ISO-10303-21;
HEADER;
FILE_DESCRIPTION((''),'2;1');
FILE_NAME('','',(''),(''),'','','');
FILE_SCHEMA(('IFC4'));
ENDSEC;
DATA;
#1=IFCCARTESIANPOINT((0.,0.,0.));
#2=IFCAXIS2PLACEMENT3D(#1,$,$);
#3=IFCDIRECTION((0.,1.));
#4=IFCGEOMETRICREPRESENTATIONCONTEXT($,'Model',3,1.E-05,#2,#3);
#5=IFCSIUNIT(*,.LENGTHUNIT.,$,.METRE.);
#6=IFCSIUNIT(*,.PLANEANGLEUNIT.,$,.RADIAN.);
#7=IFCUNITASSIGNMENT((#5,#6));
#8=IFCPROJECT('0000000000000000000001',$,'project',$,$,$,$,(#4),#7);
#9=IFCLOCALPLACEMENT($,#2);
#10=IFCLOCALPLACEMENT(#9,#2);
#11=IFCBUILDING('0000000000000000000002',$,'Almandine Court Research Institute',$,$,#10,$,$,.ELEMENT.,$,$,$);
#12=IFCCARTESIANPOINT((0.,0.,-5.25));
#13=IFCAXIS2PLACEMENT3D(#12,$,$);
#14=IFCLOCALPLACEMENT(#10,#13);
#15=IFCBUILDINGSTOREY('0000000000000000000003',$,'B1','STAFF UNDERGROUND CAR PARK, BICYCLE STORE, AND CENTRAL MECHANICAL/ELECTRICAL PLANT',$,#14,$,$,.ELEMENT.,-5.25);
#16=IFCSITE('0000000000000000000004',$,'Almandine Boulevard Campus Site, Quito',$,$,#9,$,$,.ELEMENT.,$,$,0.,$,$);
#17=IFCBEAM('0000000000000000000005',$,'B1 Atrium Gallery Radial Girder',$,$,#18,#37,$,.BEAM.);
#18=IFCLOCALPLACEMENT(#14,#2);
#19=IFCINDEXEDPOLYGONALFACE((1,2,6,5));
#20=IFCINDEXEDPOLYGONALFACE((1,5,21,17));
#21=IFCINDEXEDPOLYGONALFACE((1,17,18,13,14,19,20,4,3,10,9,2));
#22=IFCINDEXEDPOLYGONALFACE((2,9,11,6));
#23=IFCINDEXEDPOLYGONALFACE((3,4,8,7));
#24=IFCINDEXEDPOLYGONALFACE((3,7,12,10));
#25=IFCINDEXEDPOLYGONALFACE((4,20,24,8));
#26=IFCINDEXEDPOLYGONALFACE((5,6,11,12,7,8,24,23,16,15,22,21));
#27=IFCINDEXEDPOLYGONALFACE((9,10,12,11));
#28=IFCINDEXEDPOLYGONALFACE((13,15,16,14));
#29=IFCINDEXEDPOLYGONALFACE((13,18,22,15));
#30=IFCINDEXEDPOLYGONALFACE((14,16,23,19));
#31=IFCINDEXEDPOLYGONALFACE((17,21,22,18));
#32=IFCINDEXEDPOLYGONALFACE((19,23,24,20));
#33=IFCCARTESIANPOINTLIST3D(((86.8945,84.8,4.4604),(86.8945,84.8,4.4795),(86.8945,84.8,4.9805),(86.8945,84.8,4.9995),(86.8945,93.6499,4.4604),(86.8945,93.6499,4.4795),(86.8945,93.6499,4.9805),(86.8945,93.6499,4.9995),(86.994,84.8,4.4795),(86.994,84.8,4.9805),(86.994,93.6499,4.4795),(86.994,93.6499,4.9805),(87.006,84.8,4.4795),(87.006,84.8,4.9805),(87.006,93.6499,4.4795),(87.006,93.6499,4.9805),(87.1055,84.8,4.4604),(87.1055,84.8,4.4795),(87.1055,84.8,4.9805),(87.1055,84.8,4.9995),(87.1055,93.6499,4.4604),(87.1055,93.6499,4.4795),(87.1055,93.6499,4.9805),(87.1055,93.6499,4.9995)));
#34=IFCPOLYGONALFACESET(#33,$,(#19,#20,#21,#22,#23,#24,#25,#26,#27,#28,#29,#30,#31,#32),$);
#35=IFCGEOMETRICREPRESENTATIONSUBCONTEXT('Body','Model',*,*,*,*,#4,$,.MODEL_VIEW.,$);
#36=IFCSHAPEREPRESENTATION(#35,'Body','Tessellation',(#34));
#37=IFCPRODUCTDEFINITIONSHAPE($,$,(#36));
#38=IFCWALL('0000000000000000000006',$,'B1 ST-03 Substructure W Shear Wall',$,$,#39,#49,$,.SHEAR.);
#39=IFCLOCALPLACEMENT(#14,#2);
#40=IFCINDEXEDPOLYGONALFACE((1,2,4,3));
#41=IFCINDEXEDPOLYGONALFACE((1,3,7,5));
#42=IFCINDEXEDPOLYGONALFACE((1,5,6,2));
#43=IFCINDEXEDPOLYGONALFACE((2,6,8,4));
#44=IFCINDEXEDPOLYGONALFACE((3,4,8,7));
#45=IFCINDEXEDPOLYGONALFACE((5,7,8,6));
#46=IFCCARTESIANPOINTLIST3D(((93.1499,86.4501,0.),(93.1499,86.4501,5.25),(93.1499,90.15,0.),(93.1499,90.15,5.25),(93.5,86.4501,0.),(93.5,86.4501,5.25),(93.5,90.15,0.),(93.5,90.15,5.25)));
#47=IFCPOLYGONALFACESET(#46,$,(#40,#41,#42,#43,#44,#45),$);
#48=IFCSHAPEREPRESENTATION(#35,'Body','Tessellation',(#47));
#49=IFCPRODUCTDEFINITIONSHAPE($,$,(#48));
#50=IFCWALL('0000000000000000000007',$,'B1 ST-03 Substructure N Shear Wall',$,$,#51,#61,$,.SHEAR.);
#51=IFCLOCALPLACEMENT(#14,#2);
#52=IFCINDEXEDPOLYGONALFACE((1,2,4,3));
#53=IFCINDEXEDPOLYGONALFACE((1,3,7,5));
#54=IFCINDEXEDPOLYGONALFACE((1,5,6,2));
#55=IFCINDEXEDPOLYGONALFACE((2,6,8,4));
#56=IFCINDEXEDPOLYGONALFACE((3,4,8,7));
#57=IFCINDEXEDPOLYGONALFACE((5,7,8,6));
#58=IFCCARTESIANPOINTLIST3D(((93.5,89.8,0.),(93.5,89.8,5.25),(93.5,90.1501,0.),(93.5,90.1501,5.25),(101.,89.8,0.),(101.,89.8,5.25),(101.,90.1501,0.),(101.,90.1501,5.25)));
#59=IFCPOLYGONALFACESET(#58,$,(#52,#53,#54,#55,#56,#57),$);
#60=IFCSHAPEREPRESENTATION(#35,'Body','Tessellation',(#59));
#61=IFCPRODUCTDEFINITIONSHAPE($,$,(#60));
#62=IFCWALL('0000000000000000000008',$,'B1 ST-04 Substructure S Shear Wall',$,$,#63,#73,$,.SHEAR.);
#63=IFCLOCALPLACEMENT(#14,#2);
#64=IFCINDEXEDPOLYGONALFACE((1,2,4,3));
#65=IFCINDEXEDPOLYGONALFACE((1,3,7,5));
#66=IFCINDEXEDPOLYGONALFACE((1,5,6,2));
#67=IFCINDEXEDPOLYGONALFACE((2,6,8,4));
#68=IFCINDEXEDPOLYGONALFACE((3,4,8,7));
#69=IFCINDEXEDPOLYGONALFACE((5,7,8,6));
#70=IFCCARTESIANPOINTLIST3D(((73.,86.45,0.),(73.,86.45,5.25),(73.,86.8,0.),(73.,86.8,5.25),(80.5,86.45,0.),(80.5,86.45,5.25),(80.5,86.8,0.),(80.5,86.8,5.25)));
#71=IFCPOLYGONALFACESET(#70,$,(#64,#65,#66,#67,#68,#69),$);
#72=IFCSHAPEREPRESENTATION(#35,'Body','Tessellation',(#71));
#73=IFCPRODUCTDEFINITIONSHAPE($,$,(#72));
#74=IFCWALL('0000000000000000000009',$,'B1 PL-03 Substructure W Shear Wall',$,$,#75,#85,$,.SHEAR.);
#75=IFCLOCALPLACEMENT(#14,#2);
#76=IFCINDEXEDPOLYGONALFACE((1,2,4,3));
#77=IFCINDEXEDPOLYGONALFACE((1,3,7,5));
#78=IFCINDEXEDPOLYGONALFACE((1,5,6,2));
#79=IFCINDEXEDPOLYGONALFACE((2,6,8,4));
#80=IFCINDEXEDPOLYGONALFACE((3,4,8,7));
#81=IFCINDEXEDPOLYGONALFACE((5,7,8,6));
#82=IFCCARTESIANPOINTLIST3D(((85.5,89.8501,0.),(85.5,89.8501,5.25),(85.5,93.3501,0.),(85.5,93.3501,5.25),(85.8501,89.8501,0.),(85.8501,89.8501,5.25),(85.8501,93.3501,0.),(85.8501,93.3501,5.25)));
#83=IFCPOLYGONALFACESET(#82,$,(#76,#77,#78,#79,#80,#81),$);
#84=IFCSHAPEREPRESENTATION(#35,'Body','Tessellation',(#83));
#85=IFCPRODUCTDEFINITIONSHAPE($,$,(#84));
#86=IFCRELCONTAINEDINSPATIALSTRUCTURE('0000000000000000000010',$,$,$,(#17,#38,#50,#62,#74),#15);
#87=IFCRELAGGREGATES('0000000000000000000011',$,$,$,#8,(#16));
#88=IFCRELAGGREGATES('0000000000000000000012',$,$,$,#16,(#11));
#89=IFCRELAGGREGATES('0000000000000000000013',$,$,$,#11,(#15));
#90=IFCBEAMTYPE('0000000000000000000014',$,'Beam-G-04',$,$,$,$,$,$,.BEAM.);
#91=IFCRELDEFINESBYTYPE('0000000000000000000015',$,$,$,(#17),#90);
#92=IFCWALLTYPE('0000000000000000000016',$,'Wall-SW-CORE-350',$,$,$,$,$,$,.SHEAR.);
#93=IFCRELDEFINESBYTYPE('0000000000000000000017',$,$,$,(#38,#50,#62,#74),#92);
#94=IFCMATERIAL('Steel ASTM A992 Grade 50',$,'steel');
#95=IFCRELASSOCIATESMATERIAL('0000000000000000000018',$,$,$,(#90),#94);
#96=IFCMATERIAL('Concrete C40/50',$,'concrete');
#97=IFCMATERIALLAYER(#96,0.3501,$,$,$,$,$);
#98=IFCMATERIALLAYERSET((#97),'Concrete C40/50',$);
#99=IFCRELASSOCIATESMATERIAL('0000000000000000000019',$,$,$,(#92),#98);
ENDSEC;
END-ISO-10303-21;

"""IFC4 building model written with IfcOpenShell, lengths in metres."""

from ifc_helpers import new_model, si_unit, direction, frame, frame_2d, origin, origin_2d, place, context, subcontext, project, spatial, rectangle, i_section, extrude, material, layer, layer_set, material_profile, profile_set, type_object, element, save


model = new_model("IFC4")

# Units and contexts
model_context = context("Model", 3, precision=1e-05, world=origin(), true_north=direction((0.0, 1.0)))
body_context = subcontext(model_context, "Body", "Model", "MODEL_VIEW")
ifc_project = project(units=[si_unit("LENGTHUNIT", "METRE"), si_unit("PLANEANGLEUNIT", "RADIAN")], contexts=[model_context])

# Site, building, storey
site_placement = place(None, origin())
site = spatial("IfcSite", under=ifc_project, at=site_placement, Name="Almandine Boulevard Campus Site, Quito", CompositionType="ELEMENT", RefElevation=0.0)
building_placement = place(site_placement, origin())
building = spatial("IfcBuilding", under=site, at=building_placement, Name="Almandine Court Research Institute", CompositionType="ELEMENT")
storey_placement = place(building_placement, frame((0.0, 0.0, -5.25)))
storey = spatial("IfcBuildingStorey", under=building, at=storey_placement, Name="B1", Description="STAFF UNDERGROUND CAR PARK, BICYCLE STORE, AND CENTRAL MECHANICAL/ELECTRICAL PLANT", CompositionType="ELEMENT", Elevation=-5.25)

# Shared definitions
ifc_material_1 = material(Name="Concrete C40/50", Category="concrete")

# Beam
ifc_material_2 = material(Name="Steel ASTM A992 Grade 50", Category="steel")
ifc_material_profile_1 = material_profile(ifc_material_2, i_section(OverallWidth=0.2109, OverallDepth=0.5391, WebThickness=0.012, FlangeThickness=0.019, at=origin_2d()), Name="W530x109")
ifc_profile_set_1 = profile_set([ifc_material_profile_1], Name="Steel ASTM A992 Grade 50")
beam_type_1 = type_object("IfcBeamType", Name="Beam-G-04", PredefinedType="BEAM", material=ifc_profile_set_1)
beam_1_placement = place(storey_placement, frame((87.0, 84.8, 4.73), z_axis=(0.0, 1.0, 0.0), x_axis=(-1.0, 0.0, 0.0)))
element("IfcBeam", 1, at=beam_1_placement, inside=storey, type_object=beam_type_1, Name="B1 Atrium Gallery Radial Girder", PredefinedType="BEAM", context=body_context, shape_type="SweptSolid", body=[
    extrude(i_section(OverallWidth=0.2109, OverallDepth=0.5391, WebThickness=0.012, FlangeThickness=0.019, at=origin_2d()), origin(), (0.0, 0.0, 1.0), 8.8499),
])

# Walls
ifc_layer = layer(ifc_material_1, 0.3501)
ifc_layer_set = layer_set([ifc_layer], Name="Concrete C40/50")
wall_type = type_object("IfcWallType", Name="Wall-SW-CORE-350", PredefinedType="SHEAR", material=ifc_layer_set)
wall_1_placement = place(storey_placement, frame((93.325, 86.45, 0.0), z_axis=(0.0, 0.0, 1.0), x_axis=(0.0, 1.0, 0.0)))
element("IfcWall", 2, at=wall_1_placement, inside=storey, type_object=wall_type, Name="B1 ST-03 Substructure W Shear Wall", PredefinedType="SHEAR", context=body_context, shape_type="SweptSolid", body=[
    extrude(rectangle(XDim=3.7, YDim=0.3501, at=frame_2d((1.8501, 0.0))), origin(), (0.0, 0.0, 1.0), 5.25),
])
for number, where, z_axis, x_axis, name in (
    (3, (93.5, 89.9751, 0.0), (0.0, 0.0, 1.0), (1.0, 0.0, 0.0), "B1 ST-03 Substructure N Shear Wall"),
    (4, (80.5, 86.625, 0.0), (0.0, 0.0, 1.0), (-1.0, 0.0, 0.0), "B1 ST-04 Substructure S Shear Wall"),
):
    element("IfcWall", number, at=place(storey_placement, frame(where, z_axis=z_axis, x_axis=x_axis)), inside=storey, type_object=wall_type, Name=name, PredefinedType="SHEAR", context=body_context, shape_type="SweptSolid", body=[
        extrude(rectangle(XDim=7.5, YDim=0.3501, at=frame_2d((3.75, 0.0))), origin(), (0.0, 0.0, 1.0), 5.25),
    ])
wall_2_placement = place(storey_placement, frame((85.675, 89.8501, 0.0), z_axis=(0.0, 0.0, 1.0), x_axis=(0.0, 1.0, 0.0)))
element("IfcWall", 5, at=wall_2_placement, inside=storey, type_object=wall_type, Name="B1 PL-03 Substructure W Shear Wall", PredefinedType="SHEAR", context=body_context, shape_type="SweptSolid", body=[
    extrude(rectangle(XDim=3.5, YDim=0.3501, at=frame_2d((1.75, 0.0))), origin(), (0.0, 0.0, 1.0), 5.25),
])

save(model, "model.ifc")
